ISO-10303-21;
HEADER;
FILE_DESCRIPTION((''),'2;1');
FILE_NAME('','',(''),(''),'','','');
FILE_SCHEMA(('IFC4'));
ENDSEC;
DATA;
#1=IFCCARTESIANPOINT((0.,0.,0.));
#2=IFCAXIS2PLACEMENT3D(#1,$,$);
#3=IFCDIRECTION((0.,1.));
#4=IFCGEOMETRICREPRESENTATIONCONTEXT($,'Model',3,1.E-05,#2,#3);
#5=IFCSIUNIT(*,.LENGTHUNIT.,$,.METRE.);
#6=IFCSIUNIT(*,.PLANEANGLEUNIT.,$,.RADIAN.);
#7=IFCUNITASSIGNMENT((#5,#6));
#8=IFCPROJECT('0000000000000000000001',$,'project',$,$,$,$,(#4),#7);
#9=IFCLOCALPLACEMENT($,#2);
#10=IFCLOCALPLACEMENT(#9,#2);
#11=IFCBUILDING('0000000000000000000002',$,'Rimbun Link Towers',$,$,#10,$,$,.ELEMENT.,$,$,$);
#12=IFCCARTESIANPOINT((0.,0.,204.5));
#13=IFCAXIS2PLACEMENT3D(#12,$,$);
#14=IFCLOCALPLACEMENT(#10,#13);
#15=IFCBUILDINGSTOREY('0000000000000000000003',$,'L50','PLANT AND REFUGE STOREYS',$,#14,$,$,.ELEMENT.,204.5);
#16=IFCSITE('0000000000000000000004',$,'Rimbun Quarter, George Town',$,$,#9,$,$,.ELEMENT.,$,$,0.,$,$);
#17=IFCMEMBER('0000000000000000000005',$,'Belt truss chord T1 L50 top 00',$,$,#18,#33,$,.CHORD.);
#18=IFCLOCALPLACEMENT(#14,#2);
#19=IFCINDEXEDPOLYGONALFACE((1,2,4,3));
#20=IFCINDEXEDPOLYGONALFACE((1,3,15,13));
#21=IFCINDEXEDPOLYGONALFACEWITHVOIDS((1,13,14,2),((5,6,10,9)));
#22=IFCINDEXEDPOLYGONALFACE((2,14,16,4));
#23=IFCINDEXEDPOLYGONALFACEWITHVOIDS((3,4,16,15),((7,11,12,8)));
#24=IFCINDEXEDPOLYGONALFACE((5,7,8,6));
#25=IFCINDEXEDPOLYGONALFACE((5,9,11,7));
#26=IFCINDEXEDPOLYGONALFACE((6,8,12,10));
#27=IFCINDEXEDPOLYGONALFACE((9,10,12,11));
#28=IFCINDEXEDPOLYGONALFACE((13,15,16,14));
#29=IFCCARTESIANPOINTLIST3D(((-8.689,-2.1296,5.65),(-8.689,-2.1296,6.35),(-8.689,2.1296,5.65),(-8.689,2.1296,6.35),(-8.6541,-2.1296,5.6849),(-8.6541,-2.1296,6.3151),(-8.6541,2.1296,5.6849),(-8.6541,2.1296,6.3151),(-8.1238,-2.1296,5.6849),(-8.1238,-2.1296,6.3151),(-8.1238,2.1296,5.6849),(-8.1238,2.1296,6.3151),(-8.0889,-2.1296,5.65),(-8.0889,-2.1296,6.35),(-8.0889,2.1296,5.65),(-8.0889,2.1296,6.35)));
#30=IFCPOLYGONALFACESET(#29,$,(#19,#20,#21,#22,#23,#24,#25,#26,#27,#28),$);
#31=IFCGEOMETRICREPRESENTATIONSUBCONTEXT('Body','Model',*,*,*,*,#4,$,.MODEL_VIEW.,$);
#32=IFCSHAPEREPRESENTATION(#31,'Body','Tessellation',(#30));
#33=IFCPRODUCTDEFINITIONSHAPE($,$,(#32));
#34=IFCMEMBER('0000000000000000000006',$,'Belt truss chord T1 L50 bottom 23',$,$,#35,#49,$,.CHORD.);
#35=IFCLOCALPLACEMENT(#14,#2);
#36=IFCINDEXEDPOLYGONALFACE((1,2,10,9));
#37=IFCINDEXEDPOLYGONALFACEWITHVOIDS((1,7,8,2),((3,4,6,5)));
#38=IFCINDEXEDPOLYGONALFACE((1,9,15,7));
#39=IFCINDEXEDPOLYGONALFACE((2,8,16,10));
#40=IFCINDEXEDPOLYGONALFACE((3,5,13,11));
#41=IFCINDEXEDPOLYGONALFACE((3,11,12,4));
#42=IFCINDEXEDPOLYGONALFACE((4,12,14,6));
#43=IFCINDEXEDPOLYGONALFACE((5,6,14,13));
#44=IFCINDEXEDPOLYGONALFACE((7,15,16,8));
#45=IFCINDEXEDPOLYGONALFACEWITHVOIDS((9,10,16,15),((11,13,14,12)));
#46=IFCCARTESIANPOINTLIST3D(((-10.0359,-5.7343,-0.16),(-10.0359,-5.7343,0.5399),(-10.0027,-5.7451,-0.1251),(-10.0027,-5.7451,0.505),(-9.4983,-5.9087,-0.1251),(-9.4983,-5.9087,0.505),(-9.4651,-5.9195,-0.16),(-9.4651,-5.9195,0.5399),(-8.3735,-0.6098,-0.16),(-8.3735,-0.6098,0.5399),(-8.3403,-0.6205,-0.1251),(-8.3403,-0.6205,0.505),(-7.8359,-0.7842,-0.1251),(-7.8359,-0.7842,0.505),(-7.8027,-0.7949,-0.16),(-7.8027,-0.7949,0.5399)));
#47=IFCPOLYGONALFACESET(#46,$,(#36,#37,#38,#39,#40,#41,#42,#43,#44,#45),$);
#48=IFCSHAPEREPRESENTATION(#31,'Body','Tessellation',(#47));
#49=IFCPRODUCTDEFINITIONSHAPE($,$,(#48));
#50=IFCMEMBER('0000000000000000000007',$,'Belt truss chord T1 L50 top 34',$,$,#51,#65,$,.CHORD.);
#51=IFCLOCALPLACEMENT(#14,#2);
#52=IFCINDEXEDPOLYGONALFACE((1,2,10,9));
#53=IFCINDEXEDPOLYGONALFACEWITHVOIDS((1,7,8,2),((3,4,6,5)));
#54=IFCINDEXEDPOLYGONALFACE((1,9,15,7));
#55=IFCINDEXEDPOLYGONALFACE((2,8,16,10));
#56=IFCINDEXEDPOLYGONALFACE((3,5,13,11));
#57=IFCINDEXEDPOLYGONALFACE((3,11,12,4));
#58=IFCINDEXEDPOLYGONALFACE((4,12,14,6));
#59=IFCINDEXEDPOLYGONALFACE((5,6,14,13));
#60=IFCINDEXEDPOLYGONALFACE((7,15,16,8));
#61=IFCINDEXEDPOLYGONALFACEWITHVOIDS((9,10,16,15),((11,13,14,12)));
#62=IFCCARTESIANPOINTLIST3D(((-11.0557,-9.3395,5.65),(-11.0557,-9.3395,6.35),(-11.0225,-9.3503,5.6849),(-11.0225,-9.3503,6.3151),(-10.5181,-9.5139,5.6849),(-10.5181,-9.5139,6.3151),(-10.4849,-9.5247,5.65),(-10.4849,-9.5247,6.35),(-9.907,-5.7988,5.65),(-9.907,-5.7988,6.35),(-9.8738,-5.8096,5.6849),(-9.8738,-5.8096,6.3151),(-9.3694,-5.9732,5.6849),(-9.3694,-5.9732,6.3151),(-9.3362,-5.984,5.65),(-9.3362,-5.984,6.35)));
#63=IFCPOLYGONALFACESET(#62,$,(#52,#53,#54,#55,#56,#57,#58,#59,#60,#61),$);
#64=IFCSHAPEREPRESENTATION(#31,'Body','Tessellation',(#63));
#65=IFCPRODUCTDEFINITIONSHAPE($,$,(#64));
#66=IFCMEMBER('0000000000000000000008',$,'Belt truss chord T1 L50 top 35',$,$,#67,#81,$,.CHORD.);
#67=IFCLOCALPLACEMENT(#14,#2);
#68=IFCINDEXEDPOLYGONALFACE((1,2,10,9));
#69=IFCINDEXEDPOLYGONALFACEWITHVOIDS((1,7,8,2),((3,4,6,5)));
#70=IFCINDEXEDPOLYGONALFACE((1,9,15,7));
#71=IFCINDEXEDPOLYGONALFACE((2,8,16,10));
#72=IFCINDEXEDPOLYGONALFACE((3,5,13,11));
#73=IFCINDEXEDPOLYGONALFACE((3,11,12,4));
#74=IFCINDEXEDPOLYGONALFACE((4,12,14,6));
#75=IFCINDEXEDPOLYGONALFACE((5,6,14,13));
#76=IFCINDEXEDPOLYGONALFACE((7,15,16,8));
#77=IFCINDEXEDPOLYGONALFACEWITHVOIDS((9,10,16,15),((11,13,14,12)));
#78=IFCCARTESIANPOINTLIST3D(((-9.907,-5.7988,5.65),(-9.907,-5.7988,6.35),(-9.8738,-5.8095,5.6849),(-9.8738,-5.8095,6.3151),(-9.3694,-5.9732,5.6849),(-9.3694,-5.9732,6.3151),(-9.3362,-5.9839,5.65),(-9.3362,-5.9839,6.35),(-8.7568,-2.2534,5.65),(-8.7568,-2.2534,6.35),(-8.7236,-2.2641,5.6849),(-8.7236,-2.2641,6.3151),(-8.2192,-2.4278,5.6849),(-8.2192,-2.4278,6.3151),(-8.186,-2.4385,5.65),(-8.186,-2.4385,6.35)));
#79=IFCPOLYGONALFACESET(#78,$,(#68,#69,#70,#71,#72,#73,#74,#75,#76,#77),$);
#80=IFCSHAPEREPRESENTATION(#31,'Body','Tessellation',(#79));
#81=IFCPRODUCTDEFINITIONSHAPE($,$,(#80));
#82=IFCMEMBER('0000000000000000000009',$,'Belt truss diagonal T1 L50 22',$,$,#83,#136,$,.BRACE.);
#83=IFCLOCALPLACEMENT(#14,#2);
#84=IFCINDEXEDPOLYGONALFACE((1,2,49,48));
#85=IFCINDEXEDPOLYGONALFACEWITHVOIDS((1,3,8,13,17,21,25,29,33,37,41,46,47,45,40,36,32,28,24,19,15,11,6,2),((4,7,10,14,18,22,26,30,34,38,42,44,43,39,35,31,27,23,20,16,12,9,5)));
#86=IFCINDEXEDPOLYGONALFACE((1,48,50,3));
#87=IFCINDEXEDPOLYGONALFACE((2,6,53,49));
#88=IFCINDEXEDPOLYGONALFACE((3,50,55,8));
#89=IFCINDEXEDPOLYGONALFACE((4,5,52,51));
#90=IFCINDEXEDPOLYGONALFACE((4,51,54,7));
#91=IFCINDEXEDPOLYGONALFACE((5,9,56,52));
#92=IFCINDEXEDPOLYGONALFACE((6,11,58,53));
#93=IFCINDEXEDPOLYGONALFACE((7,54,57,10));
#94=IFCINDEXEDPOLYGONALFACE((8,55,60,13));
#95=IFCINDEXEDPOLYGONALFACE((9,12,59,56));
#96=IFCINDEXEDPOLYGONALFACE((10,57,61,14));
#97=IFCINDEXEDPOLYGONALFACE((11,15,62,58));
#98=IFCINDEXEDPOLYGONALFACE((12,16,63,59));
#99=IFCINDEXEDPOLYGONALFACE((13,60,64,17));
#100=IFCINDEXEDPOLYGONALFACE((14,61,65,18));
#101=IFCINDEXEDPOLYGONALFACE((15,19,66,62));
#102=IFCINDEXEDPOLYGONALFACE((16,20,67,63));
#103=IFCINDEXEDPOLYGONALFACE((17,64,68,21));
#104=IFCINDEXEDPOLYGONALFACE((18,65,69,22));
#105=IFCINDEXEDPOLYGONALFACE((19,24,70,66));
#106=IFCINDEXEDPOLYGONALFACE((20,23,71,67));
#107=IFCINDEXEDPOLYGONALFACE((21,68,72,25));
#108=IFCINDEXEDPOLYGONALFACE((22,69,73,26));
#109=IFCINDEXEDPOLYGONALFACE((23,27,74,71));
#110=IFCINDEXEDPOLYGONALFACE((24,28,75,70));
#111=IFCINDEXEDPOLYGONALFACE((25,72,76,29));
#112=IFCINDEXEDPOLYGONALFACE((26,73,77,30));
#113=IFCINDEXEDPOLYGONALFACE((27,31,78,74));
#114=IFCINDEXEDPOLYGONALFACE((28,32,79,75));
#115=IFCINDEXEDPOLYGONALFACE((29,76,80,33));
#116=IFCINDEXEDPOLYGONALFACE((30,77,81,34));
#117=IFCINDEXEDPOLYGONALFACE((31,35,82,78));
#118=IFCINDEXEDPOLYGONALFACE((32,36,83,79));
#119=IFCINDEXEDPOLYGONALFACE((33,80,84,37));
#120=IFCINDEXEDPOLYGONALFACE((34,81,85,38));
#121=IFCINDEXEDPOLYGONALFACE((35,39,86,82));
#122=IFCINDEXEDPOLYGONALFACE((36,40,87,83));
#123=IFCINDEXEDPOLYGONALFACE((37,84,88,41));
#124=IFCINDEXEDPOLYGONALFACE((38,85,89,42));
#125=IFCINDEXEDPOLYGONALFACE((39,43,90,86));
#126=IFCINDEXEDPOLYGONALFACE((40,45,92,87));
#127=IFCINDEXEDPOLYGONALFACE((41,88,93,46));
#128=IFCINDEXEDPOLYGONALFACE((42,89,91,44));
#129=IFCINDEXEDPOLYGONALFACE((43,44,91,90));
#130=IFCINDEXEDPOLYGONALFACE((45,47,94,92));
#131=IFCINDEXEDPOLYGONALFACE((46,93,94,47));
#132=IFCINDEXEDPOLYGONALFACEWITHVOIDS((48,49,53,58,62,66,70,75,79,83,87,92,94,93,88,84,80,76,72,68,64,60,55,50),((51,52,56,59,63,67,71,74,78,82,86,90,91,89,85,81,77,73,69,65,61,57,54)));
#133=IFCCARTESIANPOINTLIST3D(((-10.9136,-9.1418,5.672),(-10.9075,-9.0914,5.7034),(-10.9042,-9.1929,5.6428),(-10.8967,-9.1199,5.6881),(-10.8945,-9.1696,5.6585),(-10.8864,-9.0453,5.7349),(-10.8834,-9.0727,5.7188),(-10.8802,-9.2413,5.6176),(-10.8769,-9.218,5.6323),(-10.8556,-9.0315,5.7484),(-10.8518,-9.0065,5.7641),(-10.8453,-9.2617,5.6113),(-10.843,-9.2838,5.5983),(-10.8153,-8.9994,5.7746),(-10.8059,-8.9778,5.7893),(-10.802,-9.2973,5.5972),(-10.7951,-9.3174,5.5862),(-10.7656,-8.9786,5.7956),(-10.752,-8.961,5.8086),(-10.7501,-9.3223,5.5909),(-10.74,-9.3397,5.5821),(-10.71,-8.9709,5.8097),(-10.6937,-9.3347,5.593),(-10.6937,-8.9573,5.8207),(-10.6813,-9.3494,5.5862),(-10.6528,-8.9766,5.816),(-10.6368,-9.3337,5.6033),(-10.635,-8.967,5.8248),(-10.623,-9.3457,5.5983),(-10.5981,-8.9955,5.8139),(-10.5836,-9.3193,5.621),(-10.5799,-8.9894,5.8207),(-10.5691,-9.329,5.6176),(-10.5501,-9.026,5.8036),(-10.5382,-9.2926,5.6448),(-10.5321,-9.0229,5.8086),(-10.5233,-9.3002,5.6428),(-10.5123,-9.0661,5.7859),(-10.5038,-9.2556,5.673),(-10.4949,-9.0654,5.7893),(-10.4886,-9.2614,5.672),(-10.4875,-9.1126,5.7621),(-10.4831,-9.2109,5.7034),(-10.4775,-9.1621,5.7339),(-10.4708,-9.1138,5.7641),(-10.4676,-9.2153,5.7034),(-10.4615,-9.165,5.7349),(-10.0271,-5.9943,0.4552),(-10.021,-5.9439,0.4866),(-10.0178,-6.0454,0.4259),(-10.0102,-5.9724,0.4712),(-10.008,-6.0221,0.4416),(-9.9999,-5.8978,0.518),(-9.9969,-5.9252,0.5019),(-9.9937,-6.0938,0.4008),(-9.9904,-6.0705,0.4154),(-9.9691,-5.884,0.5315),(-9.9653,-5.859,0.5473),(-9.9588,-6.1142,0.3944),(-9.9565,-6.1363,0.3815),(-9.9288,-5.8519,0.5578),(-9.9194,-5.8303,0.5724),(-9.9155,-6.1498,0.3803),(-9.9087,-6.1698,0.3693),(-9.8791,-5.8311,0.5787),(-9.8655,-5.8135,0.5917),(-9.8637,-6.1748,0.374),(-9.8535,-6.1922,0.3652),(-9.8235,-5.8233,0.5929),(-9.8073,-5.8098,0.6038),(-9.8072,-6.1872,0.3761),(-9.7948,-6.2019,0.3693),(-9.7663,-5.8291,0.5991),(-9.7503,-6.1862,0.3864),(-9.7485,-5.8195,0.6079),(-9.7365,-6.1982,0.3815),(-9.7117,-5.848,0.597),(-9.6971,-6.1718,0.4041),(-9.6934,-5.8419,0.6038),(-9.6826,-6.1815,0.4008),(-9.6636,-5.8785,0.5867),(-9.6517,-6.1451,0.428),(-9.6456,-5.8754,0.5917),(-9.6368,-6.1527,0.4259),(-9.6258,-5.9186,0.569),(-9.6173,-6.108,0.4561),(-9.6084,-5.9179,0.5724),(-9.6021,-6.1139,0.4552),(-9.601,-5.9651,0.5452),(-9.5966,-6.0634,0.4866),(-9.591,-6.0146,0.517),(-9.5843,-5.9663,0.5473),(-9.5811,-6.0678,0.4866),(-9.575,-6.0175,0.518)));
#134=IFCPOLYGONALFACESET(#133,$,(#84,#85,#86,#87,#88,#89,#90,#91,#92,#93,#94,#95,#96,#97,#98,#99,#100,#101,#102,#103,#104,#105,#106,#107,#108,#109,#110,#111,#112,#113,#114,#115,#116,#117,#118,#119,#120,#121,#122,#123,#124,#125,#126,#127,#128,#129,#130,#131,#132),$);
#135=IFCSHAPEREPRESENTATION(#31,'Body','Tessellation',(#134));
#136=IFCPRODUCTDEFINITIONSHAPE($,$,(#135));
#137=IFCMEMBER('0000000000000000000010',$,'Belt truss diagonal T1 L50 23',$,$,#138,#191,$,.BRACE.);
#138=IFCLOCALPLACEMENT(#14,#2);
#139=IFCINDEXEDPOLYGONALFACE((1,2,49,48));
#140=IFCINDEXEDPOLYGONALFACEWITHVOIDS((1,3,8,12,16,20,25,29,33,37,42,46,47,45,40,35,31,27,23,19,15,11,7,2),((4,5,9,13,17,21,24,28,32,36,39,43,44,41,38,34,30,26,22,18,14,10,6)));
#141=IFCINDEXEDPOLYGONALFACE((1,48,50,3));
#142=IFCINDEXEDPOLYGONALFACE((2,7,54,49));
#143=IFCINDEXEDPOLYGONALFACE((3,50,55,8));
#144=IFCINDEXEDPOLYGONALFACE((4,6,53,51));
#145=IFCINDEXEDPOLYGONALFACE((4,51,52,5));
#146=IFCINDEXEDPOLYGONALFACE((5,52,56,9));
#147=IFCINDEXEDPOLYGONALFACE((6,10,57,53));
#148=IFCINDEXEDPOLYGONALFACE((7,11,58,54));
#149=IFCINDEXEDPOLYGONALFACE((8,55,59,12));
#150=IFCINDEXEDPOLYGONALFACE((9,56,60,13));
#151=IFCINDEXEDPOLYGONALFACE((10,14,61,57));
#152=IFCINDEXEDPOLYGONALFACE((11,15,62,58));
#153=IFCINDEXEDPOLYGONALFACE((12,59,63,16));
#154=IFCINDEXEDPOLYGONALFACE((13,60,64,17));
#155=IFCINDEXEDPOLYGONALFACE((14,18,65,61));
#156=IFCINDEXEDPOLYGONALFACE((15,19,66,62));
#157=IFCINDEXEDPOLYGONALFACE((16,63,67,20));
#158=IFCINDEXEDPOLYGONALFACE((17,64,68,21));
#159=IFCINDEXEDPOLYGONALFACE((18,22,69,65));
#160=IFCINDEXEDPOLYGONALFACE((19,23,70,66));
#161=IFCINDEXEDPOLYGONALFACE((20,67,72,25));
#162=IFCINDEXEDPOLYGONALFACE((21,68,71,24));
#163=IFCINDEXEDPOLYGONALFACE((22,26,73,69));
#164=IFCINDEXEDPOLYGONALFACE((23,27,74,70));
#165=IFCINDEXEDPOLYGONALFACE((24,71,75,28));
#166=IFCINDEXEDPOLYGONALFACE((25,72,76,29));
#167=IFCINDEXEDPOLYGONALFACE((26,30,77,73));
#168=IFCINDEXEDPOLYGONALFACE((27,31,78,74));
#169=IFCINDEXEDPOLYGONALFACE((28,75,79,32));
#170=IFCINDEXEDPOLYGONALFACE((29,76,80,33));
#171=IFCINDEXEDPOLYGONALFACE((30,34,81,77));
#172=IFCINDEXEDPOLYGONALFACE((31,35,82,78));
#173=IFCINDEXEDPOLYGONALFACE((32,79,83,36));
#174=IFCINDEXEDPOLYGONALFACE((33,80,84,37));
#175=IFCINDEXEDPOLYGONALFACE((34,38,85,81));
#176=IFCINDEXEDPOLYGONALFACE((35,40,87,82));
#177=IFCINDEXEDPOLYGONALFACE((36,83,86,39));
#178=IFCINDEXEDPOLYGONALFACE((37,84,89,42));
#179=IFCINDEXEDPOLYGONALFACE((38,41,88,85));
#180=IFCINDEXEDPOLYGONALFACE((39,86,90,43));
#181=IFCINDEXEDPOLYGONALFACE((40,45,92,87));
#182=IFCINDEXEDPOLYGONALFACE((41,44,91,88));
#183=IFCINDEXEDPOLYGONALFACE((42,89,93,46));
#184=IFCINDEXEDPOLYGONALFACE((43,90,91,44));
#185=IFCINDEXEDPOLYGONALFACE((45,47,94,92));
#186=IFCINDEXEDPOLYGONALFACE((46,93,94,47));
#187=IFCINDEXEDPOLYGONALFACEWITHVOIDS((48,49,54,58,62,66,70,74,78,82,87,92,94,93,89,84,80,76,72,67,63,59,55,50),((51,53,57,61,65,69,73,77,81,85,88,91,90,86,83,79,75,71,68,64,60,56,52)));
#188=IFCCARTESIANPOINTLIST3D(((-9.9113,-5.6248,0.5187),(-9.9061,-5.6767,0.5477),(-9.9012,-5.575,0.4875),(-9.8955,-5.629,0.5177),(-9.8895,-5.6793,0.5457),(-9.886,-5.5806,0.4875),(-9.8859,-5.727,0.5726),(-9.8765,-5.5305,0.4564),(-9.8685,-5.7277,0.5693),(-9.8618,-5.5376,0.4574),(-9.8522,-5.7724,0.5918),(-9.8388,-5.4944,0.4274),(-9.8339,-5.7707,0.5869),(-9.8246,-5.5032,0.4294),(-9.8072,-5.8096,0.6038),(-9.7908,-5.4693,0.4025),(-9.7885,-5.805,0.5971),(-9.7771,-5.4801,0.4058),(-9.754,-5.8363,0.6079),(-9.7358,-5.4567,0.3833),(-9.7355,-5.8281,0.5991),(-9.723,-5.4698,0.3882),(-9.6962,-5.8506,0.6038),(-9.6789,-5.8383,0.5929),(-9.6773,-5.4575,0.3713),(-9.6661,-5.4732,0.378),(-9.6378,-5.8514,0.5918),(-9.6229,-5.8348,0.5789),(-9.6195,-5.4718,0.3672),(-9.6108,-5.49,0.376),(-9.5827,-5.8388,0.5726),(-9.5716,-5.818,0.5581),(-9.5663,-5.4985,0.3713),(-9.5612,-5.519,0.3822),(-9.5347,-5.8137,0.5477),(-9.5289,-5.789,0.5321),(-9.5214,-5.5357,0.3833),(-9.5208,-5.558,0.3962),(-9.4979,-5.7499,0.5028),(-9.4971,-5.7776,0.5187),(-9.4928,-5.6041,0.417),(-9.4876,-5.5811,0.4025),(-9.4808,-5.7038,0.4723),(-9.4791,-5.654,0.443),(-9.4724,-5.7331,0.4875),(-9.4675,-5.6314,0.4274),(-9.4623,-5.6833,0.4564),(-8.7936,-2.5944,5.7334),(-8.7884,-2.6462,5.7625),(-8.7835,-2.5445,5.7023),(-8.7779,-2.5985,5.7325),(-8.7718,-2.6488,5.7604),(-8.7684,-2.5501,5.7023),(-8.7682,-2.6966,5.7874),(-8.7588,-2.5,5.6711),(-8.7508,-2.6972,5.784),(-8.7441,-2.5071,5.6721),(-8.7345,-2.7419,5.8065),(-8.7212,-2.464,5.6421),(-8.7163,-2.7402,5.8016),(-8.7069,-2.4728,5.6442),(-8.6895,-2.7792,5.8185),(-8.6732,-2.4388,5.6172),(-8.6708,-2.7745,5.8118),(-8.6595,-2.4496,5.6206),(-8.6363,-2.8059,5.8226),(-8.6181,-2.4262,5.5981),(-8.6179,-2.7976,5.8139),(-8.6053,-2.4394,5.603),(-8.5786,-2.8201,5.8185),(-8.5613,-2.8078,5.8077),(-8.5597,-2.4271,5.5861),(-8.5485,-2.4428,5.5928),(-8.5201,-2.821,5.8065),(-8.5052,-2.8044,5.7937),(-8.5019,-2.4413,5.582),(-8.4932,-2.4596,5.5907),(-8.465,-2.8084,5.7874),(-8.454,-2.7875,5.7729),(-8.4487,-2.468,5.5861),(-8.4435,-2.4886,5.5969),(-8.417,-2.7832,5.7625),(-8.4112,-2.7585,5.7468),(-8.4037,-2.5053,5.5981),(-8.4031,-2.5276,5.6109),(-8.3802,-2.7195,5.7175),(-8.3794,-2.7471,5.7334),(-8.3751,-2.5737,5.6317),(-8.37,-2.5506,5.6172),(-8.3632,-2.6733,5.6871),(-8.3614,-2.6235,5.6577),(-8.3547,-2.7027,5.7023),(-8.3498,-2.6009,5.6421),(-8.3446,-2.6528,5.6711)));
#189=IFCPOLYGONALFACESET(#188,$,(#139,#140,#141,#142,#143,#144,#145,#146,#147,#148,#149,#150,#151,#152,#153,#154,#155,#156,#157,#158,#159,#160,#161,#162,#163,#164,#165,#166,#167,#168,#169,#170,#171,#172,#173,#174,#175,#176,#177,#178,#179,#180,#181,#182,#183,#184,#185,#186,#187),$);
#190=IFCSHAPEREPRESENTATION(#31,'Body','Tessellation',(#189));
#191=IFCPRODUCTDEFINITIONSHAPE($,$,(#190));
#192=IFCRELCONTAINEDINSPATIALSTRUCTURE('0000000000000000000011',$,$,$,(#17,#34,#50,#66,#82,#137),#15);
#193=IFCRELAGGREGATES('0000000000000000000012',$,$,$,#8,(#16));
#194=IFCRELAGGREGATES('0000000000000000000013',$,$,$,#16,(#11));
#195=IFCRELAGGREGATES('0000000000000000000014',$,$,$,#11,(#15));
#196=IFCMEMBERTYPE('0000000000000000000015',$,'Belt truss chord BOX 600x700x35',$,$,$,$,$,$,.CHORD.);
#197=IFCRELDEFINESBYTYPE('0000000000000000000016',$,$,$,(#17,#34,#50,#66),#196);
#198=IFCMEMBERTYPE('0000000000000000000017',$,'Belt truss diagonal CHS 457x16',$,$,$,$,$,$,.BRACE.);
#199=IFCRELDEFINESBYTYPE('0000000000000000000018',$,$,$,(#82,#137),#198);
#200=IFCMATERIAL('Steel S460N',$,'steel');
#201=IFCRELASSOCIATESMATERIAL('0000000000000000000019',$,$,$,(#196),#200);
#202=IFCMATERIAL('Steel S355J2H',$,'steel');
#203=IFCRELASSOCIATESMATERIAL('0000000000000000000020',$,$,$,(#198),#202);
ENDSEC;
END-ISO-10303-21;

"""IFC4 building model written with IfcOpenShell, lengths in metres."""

from ifc_helpers import new_model, si_unit, direction, frame, origin, origin_2d, place, context, subcontext, project, spatial, hollow_rectangle, hollow_circle, extrude, material, material_profile, profile_set, type_object, element, save


model = new_model("IFC4")

# Units and contexts
model_context = context("Model", 3, precision=1e-05, world=origin(), true_north=direction((0.0, 1.0)))
body_context = subcontext(model_context, "Body", "Model", "MODEL_VIEW")
ifc_project = project(units=[si_unit("LENGTHUNIT", "METRE"), si_unit("PLANEANGLEUNIT", "RADIAN")], contexts=[model_context])

# Site, building, storey
site_placement = place(None, origin())
site = spatial("IfcSite", under=ifc_project, at=site_placement, Name="Rimbun Quarter, George Town", CompositionType="ELEMENT", RefElevation=0.0)
building_placement = place(site_placement, origin())
building = spatial("IfcBuilding", under=site, at=building_placement, Name="Rimbun Link Towers", CompositionType="ELEMENT")
storey_placement = place(building_placement, frame((0.0, 0.0, 204.5)))
storey = spatial("IfcBuildingStorey", under=building, at=storey_placement, Name="L50", Description="PLANT AND REFUGE STOREYS", CompositionType="ELEMENT", Elevation=204.5)

# Members
ifc_material_1 = material(Name="Steel S460N", Category="steel")
ifc_material_profile_1 = material_profile(ifc_material_1, hollow_rectangle(XDim=0.6001, YDim=0.7, WallThickness=0.0349, at=origin_2d()), Name="Belt truss chord BOX 600x700x35")
ifc_profile_set_1 = profile_set([ifc_material_profile_1], Name="Steel S460N")
member_type_1 = type_object("IfcMemberType", Name="Belt truss chord BOX 600x700x35", PredefinedType="CHORD", material=ifc_profile_set_1)
member_1_placement = place(storey_placement, frame((-8.3889, -2.1296, 6.0), z_axis=(0.0, 1.0, 0.0), x_axis=(-1.0, 0.0, 0.0)))
element("IfcMember", 1, at=member_1_placement, inside=storey, type_object=member_type_1, Name="Belt truss chord T1 L50 top 00", PredefinedType="CHORD", context=body_context, shape_type="SweptSolid", body=[
    extrude(hollow_rectangle(XDim=0.6001, YDim=0.7, WallThickness=0.0349, at=origin_2d()), origin(), (0.0, 0.0, 1.0), 4.2593),
])
member_2_placement = place(storey_placement, frame((-9.7505, -5.8269, 0.1899), z_axis=(0.308563, 0.951204, 0.0), x_axis=(-0.951204, 0.308563, 0.0)))
element("IfcMember", 2, at=member_2_placement, inside=storey, type_object=member_type_1, Name="Belt truss chord T1 L50 bottom 23", PredefinedType="CHORD", context=body_context, shape_type="SweptSolid", body=[
    extrude(hollow_rectangle(XDim=0.6001, YDim=0.7, WallThickness=0.0349, at=origin_2d()), origin(), (0.0, 0.0, 1.0), 5.3875),
])
member_3_placement = place(storey_placement, frame((-10.7703, -9.4321, 6.0), z_axis=(0.308583, 0.951197, 0.0), x_axis=(-0.951197, 0.308583, 0.0)))
element("IfcMember", 3, at=member_3_placement, inside=storey, type_object=member_type_1, Name="Belt truss chord T1 L50 top 34", PredefinedType="CHORD", context=body_context, shape_type="SweptSolid", body=[
    extrude(hollow_rectangle(XDim=0.6001, YDim=0.7, WallThickness=0.0349, at=origin_2d()), origin(), (0.0, 0.0, 1.0), 3.7224),
])
member_4_placement = place(storey_placement, frame((-9.6216, -5.8914, 6.0), z_axis=(0.308574, 0.9512, 0.0), x_axis=(-0.9512, 0.308574, 0.0)))
element("IfcMember", 4, at=member_4_placement, inside=storey, type_object=member_type_1, Name="Belt truss chord T1 L50 top 35", PredefinedType="CHORD", context=body_context, shape_type="SweptSolid", body=[
    extrude(hollow_rectangle(XDim=0.6001, YDim=0.7, WallThickness=0.0349, at=origin_2d()), origin(), (0.0, 0.0, 1.0), 3.7273),
])
ifc_material_2 = material(Name="Steel S355J2H", Category="steel")
ifc_material_profile_2 = material_profile(ifc_material_2, hollow_circle(Radius=0.2285, WallThickness=0.0161, at=origin_2d()), Name="Belt truss diagonal CHS 457x16")
ifc_profile_set_2 = profile_set([ifc_material_profile_2], Name="Steel S355J2H")
member_type_2 = type_object("IfcMemberType", Name="Belt truss diagonal CHS 457x16", PredefinedType="BRACE", material=ifc_profile_set_2)
member_5_placement = place(storey_placement, frame((-9.801, -6.0059, 0.4866), z_axis=(-0.143981, -0.511209, 0.84731), x_axis=(0.962551, -0.2711, 0.0)))
element("IfcMember", 5, at=member_5_placement, inside=storey, type_object=member_type_2, Name="Belt truss diagonal T1 L50 22", PredefinedType="BRACE", context=body_context, shape_type="SweptSolid", body=[
    extrude(hollow_circle(Radius=0.2285, WallThickness=0.0161, at=origin_2d()), origin(), (0.0, 0.0, 1.0), 6.157),
])
member_6_placement = place(storey_placement, frame((-9.6868, -5.6541, 0.4875), z_axis=(0.182205, 0.49404, 0.850133), x_axis=(-0.938226, 0.346024, 0.0)))
element("IfcMember", 6, at=member_6_placement, inside=storey, type_object=member_type_2, Name="Belt truss diagonal T1 L50 23", PredefinedType="BRACE", context=body_context, shape_type="SweptSolid", body=[
    extrude(hollow_circle(Radius=0.2285, WallThickness=0.0161, at=origin_2d()), origin(), (0.0, 0.0, 1.0), 6.134),
])

save(model, "model.ifc")
